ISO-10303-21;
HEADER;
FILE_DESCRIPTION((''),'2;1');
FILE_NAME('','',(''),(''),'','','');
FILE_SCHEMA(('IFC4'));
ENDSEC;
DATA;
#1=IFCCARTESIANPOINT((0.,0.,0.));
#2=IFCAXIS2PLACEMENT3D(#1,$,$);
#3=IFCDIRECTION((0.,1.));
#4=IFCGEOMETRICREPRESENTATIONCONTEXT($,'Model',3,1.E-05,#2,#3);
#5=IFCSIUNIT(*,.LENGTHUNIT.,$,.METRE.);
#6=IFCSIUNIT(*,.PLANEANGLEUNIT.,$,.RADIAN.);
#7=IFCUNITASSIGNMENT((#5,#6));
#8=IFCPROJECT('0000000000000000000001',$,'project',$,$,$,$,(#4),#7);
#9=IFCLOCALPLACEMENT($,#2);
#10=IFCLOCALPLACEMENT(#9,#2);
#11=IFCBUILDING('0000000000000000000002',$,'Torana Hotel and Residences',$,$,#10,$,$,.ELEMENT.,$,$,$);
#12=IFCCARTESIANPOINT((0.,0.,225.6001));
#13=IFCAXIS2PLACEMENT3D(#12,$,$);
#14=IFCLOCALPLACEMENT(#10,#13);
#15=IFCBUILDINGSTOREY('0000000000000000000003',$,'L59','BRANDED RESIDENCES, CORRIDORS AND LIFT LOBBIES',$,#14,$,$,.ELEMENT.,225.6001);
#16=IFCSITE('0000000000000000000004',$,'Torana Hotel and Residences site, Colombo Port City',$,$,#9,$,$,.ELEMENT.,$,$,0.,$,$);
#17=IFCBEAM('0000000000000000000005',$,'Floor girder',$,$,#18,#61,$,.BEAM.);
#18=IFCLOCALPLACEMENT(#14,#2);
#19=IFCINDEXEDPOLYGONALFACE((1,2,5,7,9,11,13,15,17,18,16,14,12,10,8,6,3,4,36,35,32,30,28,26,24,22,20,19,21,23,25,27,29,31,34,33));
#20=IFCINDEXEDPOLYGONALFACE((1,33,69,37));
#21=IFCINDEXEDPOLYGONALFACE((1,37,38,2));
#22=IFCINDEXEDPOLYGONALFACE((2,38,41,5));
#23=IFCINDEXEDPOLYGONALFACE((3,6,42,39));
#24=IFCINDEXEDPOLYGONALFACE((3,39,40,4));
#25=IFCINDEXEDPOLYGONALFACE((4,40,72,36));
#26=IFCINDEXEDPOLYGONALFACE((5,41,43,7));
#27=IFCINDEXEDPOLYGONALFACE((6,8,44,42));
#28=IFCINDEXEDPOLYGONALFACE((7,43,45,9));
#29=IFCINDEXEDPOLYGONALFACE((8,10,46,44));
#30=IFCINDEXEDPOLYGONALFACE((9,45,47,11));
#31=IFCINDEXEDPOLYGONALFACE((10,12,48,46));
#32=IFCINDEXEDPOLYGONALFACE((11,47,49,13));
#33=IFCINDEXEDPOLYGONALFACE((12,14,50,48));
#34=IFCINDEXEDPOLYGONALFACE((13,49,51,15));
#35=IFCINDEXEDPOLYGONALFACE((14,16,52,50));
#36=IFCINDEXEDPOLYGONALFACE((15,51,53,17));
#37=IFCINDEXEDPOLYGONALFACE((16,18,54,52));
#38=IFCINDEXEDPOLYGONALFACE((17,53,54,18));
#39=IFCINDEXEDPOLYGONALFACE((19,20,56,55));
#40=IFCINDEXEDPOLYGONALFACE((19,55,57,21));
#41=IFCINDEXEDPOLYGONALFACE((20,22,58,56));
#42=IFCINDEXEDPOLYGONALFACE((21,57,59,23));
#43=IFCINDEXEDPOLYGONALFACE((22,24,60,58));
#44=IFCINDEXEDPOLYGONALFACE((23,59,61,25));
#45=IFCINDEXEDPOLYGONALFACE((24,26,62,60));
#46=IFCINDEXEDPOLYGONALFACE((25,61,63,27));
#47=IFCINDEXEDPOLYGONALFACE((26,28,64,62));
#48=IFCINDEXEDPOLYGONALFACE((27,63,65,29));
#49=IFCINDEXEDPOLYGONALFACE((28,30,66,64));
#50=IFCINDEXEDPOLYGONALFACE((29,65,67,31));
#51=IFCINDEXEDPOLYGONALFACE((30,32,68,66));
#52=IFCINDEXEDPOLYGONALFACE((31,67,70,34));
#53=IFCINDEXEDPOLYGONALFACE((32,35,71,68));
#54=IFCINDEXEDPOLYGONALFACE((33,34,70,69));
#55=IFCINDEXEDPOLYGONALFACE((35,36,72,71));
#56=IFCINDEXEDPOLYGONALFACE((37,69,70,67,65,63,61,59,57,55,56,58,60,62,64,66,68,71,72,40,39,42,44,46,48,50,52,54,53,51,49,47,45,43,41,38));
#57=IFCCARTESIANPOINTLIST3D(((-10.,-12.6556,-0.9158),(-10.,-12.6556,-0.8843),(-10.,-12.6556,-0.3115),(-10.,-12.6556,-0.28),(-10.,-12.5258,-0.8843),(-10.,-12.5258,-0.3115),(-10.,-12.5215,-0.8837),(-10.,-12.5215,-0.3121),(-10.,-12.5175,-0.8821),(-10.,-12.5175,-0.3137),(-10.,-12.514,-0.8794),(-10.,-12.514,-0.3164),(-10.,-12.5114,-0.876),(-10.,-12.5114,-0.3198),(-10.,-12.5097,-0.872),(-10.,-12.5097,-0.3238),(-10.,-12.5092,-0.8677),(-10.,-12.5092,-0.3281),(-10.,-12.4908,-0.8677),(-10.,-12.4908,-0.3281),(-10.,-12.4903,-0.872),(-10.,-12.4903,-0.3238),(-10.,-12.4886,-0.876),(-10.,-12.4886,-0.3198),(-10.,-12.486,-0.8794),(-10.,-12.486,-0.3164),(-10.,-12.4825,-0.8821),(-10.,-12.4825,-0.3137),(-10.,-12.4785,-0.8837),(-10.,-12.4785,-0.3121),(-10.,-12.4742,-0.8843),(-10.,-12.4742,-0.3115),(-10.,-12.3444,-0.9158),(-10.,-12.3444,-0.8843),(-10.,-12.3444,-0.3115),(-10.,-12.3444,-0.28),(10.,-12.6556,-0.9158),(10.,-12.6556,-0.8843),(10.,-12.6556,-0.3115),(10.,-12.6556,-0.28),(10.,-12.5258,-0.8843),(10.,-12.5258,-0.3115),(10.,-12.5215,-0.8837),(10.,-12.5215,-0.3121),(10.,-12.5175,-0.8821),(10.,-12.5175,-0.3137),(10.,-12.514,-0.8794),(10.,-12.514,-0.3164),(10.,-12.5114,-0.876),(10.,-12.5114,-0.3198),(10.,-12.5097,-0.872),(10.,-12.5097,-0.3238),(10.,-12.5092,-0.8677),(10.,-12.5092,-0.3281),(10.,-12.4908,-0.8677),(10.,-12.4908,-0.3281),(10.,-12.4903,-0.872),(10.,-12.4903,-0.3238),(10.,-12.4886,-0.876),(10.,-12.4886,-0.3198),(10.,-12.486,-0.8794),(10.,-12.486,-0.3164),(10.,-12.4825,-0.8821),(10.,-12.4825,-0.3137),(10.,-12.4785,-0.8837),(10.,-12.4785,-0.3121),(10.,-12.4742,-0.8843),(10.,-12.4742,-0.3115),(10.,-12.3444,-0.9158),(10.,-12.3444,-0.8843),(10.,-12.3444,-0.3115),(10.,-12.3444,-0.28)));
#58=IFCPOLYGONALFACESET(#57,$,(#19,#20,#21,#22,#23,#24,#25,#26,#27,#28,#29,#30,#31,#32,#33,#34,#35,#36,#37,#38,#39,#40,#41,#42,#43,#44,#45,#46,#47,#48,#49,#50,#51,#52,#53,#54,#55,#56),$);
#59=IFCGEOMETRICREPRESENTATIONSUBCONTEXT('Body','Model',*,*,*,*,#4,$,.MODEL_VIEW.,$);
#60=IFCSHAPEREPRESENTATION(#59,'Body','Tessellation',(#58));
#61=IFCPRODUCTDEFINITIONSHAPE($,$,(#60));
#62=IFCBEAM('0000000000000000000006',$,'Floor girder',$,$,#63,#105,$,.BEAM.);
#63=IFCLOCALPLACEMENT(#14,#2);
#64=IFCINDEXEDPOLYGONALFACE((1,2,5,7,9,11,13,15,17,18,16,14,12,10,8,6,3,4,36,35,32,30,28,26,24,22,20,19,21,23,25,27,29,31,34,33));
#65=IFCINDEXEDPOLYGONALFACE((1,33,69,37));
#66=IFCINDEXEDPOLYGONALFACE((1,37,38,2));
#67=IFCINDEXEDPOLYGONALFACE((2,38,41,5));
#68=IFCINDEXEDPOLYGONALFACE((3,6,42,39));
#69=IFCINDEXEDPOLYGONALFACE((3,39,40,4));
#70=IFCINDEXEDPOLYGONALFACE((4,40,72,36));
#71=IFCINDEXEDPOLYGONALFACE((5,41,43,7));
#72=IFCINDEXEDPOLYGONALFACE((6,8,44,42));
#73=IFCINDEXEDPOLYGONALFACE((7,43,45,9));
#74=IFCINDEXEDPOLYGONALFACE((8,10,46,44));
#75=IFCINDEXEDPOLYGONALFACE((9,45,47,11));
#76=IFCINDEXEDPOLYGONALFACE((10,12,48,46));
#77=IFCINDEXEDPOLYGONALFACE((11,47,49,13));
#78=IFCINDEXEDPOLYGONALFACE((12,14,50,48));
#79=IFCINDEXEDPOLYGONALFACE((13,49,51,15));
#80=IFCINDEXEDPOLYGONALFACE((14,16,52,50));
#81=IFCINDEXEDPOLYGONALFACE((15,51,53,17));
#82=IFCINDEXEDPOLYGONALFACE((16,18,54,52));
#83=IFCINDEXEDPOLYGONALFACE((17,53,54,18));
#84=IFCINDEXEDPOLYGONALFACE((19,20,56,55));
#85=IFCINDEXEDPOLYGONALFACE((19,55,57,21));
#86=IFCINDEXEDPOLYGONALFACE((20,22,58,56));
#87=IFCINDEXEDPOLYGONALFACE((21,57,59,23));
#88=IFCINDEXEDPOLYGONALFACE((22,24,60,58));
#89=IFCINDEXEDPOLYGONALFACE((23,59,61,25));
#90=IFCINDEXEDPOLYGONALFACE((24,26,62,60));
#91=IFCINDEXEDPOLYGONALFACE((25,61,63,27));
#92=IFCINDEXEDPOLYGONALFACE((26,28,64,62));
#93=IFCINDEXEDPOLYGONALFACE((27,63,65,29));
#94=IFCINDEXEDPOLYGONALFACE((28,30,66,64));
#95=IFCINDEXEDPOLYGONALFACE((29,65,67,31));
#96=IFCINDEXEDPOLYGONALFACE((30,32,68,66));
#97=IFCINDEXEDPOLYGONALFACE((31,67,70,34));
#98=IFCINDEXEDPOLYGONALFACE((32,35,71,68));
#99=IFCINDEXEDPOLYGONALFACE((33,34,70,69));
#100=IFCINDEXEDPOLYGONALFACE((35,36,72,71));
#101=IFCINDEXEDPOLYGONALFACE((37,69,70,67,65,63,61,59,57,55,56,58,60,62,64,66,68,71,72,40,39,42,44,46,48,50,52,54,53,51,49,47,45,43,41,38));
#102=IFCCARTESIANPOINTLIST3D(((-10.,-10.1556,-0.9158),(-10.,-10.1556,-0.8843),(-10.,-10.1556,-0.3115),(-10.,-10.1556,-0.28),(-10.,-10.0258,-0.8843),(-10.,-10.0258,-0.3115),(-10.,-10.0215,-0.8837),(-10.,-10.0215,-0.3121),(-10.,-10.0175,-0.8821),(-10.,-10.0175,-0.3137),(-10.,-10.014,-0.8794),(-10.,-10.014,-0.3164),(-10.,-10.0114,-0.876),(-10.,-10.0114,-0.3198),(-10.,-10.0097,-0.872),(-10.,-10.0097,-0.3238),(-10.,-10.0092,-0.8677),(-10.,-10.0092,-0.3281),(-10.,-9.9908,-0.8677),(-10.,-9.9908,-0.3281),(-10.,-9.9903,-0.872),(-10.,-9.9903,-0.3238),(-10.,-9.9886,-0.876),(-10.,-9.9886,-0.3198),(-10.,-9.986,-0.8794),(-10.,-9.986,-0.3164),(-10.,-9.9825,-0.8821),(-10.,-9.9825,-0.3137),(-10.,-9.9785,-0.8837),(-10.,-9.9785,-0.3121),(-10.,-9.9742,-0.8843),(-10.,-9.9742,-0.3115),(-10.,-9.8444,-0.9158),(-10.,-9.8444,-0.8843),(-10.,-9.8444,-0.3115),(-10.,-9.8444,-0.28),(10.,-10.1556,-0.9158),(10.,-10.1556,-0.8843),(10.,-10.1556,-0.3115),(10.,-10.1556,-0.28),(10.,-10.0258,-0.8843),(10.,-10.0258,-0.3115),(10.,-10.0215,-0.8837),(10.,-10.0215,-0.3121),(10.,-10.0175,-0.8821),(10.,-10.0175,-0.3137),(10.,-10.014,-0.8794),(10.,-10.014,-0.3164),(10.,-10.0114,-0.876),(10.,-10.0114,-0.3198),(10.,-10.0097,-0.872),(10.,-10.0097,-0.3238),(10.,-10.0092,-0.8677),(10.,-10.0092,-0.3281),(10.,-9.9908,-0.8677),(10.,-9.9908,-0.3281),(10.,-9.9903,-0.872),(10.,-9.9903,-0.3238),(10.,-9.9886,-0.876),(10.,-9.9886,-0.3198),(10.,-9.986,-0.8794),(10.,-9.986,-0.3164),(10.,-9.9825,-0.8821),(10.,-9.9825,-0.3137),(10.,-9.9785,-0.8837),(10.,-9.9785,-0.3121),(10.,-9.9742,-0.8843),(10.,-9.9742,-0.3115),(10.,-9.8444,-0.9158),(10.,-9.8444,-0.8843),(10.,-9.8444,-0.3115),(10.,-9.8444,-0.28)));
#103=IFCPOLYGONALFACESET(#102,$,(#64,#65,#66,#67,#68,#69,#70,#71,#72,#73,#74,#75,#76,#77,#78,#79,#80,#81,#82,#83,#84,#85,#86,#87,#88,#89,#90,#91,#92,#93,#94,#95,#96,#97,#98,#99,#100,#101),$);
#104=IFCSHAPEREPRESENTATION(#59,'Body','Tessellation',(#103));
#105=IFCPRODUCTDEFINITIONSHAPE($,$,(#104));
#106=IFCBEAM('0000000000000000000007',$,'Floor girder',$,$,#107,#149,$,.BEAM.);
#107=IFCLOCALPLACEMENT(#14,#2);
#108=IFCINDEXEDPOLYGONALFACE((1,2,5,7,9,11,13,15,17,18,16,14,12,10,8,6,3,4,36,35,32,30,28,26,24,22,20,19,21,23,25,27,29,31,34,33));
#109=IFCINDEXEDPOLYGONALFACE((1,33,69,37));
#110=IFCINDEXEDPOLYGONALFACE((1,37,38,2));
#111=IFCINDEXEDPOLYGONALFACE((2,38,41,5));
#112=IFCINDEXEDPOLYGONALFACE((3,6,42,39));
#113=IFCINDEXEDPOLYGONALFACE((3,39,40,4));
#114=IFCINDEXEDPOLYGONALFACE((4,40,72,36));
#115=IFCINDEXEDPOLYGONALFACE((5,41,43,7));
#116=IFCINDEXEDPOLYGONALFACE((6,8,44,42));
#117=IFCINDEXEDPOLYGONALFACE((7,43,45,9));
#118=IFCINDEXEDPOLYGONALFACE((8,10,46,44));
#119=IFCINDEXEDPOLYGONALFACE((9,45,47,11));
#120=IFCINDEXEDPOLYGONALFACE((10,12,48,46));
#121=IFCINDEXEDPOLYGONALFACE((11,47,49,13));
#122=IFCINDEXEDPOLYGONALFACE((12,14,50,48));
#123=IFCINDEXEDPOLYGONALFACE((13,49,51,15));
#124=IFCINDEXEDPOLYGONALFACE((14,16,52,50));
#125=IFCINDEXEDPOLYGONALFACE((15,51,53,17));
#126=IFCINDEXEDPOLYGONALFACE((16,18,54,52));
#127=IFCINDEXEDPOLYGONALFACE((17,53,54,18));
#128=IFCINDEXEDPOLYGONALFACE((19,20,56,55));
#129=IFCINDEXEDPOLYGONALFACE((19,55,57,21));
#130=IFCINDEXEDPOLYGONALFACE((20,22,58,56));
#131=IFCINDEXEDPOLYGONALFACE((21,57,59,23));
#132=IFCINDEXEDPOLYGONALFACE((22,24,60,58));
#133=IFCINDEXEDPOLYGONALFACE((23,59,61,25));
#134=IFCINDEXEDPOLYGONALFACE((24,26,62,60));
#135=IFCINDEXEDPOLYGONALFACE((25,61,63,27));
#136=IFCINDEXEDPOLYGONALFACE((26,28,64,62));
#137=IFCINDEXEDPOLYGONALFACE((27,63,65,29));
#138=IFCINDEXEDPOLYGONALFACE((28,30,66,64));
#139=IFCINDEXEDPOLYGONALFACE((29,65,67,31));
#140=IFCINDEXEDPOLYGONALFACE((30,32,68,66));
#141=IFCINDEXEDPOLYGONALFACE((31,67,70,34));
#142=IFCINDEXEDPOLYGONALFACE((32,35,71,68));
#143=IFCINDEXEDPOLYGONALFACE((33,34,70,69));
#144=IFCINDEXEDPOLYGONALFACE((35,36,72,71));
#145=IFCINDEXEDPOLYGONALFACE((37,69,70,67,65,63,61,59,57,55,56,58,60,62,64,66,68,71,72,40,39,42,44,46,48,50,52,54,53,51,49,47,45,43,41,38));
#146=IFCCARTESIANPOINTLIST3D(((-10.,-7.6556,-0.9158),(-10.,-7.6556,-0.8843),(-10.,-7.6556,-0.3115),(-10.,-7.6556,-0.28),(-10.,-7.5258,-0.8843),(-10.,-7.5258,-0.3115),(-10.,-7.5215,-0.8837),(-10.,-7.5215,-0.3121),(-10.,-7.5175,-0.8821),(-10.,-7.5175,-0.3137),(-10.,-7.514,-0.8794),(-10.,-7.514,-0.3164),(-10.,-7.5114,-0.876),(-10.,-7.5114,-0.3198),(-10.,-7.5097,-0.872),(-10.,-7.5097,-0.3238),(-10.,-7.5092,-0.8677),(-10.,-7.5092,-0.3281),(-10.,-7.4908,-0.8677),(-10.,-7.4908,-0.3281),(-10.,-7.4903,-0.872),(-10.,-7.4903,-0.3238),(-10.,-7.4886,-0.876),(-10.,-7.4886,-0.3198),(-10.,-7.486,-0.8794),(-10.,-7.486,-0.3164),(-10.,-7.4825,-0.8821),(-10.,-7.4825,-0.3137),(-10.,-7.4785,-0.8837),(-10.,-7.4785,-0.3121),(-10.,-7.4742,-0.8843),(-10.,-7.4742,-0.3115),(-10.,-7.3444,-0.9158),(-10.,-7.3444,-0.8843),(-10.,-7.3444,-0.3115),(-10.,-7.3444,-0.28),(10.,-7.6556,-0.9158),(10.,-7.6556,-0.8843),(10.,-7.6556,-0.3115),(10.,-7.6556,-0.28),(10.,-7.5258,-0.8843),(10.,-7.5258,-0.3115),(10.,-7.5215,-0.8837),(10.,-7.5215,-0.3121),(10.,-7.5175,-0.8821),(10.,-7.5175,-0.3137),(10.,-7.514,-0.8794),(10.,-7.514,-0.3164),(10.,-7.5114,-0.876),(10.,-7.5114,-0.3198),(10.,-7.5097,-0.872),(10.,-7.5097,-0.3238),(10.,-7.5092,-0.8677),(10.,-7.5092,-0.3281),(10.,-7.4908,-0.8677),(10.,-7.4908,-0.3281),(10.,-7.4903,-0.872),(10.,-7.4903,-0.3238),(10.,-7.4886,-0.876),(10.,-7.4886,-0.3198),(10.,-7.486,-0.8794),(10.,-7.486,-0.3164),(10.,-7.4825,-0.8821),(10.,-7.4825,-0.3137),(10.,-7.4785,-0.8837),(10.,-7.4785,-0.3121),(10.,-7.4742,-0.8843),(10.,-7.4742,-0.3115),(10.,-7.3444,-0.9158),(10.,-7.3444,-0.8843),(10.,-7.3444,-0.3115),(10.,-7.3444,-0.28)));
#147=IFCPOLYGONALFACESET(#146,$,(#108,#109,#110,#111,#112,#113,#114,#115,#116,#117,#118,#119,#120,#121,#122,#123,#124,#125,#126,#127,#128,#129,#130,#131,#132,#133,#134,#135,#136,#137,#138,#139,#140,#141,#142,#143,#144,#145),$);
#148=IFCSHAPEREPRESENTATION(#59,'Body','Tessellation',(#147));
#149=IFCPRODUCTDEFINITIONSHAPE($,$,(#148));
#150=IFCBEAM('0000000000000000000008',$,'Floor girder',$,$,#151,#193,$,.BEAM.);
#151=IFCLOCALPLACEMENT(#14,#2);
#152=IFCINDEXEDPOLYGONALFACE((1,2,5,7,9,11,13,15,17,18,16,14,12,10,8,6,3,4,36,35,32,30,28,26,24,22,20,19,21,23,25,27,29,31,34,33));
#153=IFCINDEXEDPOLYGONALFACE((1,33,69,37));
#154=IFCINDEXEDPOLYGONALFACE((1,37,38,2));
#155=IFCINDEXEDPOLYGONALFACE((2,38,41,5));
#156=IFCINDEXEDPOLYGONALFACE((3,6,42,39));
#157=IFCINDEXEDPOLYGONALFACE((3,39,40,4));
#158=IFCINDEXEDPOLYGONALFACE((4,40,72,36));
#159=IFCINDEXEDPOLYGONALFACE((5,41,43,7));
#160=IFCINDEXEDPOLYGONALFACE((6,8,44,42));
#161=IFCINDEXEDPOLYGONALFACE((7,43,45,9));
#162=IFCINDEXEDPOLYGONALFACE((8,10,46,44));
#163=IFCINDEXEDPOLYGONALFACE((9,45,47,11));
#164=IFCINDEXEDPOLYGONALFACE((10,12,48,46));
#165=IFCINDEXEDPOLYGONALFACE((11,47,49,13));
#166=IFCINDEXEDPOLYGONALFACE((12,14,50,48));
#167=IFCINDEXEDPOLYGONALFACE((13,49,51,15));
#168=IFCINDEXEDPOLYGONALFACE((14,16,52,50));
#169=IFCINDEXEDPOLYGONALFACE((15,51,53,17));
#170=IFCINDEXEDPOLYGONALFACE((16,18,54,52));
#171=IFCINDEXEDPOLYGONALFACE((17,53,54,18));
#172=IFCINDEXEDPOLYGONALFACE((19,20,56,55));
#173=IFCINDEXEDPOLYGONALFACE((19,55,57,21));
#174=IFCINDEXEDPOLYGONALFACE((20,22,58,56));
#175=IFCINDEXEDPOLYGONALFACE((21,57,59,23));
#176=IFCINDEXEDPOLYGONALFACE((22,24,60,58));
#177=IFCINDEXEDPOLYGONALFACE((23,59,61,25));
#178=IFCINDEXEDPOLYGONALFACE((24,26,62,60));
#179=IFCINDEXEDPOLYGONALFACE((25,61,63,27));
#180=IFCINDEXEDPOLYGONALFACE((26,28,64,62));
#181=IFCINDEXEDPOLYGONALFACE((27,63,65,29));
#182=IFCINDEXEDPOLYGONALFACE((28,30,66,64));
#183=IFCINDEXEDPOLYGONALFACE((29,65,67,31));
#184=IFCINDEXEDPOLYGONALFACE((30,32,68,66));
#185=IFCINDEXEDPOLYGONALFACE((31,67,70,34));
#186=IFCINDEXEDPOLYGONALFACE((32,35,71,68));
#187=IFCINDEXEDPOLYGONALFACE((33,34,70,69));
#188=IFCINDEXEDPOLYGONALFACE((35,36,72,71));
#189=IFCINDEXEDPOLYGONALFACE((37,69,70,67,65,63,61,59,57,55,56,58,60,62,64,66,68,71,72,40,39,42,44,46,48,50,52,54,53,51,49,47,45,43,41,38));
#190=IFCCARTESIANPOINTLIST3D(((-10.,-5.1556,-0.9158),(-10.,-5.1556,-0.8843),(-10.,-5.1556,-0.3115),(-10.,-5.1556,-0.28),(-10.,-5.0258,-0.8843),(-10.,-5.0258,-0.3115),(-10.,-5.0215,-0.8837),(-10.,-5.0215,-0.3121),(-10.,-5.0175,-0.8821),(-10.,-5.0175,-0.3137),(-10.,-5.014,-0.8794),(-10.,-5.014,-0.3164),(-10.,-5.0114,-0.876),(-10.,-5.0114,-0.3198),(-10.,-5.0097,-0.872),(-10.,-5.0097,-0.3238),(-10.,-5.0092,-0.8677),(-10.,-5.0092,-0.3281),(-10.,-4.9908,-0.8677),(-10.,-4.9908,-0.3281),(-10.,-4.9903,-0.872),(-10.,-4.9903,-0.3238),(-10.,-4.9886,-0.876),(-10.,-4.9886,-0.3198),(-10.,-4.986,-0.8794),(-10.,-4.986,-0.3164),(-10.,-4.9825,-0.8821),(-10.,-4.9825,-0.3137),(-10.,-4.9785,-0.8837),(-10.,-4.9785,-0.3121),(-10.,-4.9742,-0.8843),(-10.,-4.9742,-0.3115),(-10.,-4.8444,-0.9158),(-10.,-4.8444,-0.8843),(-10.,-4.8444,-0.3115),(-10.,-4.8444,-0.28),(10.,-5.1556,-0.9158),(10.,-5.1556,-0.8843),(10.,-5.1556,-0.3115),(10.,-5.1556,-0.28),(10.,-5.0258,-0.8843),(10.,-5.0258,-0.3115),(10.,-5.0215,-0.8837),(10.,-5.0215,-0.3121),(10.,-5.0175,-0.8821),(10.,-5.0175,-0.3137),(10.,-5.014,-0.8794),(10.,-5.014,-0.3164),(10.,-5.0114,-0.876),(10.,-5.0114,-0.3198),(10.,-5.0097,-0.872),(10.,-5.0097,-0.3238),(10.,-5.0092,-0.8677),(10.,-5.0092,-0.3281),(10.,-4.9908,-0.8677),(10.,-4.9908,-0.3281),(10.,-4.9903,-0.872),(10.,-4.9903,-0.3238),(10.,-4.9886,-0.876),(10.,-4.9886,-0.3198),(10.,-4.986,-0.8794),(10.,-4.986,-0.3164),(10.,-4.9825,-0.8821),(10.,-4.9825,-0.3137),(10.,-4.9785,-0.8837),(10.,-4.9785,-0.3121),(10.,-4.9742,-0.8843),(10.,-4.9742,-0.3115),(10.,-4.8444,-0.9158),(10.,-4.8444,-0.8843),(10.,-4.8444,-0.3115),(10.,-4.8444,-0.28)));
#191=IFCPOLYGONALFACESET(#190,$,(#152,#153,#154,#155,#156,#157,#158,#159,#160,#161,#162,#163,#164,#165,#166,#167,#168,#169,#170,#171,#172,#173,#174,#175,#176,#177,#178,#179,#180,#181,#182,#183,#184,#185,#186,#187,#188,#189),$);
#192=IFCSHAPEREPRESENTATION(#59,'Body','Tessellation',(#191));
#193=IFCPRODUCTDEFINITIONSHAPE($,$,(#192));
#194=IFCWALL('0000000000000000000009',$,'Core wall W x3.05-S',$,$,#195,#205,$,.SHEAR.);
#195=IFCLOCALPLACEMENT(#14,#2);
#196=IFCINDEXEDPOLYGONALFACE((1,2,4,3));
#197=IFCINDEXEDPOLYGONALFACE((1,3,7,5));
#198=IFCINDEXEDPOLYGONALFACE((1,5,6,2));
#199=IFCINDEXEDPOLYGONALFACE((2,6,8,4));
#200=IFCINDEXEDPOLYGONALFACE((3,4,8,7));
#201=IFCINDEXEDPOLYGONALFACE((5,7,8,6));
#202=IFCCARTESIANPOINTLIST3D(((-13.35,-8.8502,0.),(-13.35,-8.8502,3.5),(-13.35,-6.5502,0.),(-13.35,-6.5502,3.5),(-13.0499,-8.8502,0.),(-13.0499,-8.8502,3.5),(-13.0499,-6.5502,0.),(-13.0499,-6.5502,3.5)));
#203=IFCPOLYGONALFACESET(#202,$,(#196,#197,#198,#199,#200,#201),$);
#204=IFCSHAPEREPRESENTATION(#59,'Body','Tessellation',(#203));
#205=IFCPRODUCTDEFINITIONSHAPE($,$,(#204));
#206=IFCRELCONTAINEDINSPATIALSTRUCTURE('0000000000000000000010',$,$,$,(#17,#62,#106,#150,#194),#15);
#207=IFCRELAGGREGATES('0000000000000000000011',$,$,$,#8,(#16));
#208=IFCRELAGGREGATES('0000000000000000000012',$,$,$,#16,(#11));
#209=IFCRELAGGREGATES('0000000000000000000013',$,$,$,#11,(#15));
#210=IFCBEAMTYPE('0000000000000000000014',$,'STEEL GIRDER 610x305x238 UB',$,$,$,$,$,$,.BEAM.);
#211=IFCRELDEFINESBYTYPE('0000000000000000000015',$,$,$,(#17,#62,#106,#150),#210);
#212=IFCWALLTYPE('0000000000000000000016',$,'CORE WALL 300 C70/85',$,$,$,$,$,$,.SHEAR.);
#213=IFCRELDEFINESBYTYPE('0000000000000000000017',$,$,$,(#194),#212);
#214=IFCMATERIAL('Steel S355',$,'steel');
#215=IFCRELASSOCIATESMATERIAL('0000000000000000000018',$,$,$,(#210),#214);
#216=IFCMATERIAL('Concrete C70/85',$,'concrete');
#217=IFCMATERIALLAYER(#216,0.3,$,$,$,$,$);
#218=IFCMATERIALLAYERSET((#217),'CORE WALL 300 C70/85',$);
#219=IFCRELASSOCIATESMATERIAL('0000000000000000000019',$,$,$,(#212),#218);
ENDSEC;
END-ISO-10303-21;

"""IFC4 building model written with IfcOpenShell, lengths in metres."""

from ifc_helpers import new_model, si_unit, direction, frame, frame_2d, origin, origin_2d, place, context, subcontext, project, spatial, rectangle, i_section, extrude, material, layer, layer_set, material_profile, profile_set, type_object, element, save


model = new_model("IFC4")

# Units and contexts
model_context = context("Model", 3, precision=1e-05, world=origin(), true_north=direction((0.0, 1.0)))
body_context = subcontext(model_context, "Body", "Model", "MODEL_VIEW")
ifc_project = project(units=[si_unit("LENGTHUNIT", "METRE"), si_unit("PLANEANGLEUNIT", "RADIAN")], contexts=[model_context])

# Site, building, storey
site_placement = place(None, origin())
site = spatial("IfcSite", under=ifc_project, at=site_placement, Name="Torana Hotel and Residences site, Colombo Port City", CompositionType="ELEMENT", RefElevation=0.0)
building_placement = place(site_placement, origin())
building = spatial("IfcBuilding", under=site, at=building_placement, Name="Torana Hotel and Residences", CompositionType="ELEMENT")
storey_placement = place(building_placement, frame((0.0, 0.0, 225.6001)))
storey = spatial("IfcBuildingStorey", under=building, at=storey_placement, Name="L59", Description="BRANDED RESIDENCES, CORRIDORS AND LIFT LOBBIES", CompositionType="ELEMENT", Elevation=225.6001)

# Beams
ifc_material_1 = material(Name="Steel S355", Category="steel")
ifc_material_profile = material_profile(ifc_material_1, i_section(OverallWidth=0.3113, OverallDepth=0.6357, WebThickness=0.0183, FlangeThickness=0.0315, FilletRadius=0.0166, at=origin_2d()), Name="610x305x238 UB")
ifc_profile_set = profile_set([ifc_material_profile], Name="Steel S355")
beam_type = type_object("IfcBeamType", Name="STEEL GIRDER 610x305x238 UB", PredefinedType="BEAM", material=ifc_profile_set)
for number, where, z_axis, x_axis, name in (
    (1, (-10.0, -12.5, -0.5979), (1.0, 0.0, 0.0), (0.0, 1.0, 0.0), "Floor girder"),
    (2, (-10.0, -10.0, -0.5979), (1.0, 0.0, 0.0), (0.0, 1.0, 0.0), "Floor girder"),
    (3, (-10.0, -7.5, -0.5979), (1.0, 0.0, 0.0), (0.0, 1.0, 0.0), "Floor girder"),
    (4, (-10.0, -5.0, -0.5979), (1.0, 0.0, 0.0), (0.0, 1.0, 0.0), "Floor girder"),
):
    element("IfcBeam", number, at=place(storey_placement, frame(where, z_axis=z_axis, x_axis=x_axis)), inside=storey, type_object=beam_type, Name=name, PredefinedType="BEAM", context=body_context, shape_type="SweptSolid", body=[
        extrude(i_section(OverallWidth=0.3113, OverallDepth=0.6357, WebThickness=0.0183, FlangeThickness=0.0315, FilletRadius=0.0166, at=origin_2d()), origin(), (0.0, 0.0, 1.0), 20.0),
    ])

# Wall
ifc_material_2 = material(Name="Concrete C70/85", Category="concrete")
ifc_layer_1 = layer(ifc_material_2, 0.3)
ifc_layer_set_1 = layer_set([ifc_layer_1], Name="CORE WALL 300 C70/85")
wall_type_1 = type_object("IfcWallType", Name="CORE WALL 300 C70/85", PredefinedType="SHEAR", material=ifc_layer_set_1)
wall_1_placement = place(storey_placement, frame((-13.2, -8.8501, 0.0), z_axis=(0.0, 0.0, 1.0), x_axis=(0.0, 1.0, 0.0)))
element("IfcWall", 5, at=wall_1_placement, inside=storey, type_object=wall_type_1, Name="Core wall W x3.05-S", PredefinedType="SHEAR", context=body_context, shape_type="SweptSolid", body=[
    extrude(rectangle(XDim=2.3, YDim=0.3, at=frame_2d((1.1499, 0.0))), origin(), (0.0, 0.0, 1.0), 3.5),
])

save(model, "model.ifc")
